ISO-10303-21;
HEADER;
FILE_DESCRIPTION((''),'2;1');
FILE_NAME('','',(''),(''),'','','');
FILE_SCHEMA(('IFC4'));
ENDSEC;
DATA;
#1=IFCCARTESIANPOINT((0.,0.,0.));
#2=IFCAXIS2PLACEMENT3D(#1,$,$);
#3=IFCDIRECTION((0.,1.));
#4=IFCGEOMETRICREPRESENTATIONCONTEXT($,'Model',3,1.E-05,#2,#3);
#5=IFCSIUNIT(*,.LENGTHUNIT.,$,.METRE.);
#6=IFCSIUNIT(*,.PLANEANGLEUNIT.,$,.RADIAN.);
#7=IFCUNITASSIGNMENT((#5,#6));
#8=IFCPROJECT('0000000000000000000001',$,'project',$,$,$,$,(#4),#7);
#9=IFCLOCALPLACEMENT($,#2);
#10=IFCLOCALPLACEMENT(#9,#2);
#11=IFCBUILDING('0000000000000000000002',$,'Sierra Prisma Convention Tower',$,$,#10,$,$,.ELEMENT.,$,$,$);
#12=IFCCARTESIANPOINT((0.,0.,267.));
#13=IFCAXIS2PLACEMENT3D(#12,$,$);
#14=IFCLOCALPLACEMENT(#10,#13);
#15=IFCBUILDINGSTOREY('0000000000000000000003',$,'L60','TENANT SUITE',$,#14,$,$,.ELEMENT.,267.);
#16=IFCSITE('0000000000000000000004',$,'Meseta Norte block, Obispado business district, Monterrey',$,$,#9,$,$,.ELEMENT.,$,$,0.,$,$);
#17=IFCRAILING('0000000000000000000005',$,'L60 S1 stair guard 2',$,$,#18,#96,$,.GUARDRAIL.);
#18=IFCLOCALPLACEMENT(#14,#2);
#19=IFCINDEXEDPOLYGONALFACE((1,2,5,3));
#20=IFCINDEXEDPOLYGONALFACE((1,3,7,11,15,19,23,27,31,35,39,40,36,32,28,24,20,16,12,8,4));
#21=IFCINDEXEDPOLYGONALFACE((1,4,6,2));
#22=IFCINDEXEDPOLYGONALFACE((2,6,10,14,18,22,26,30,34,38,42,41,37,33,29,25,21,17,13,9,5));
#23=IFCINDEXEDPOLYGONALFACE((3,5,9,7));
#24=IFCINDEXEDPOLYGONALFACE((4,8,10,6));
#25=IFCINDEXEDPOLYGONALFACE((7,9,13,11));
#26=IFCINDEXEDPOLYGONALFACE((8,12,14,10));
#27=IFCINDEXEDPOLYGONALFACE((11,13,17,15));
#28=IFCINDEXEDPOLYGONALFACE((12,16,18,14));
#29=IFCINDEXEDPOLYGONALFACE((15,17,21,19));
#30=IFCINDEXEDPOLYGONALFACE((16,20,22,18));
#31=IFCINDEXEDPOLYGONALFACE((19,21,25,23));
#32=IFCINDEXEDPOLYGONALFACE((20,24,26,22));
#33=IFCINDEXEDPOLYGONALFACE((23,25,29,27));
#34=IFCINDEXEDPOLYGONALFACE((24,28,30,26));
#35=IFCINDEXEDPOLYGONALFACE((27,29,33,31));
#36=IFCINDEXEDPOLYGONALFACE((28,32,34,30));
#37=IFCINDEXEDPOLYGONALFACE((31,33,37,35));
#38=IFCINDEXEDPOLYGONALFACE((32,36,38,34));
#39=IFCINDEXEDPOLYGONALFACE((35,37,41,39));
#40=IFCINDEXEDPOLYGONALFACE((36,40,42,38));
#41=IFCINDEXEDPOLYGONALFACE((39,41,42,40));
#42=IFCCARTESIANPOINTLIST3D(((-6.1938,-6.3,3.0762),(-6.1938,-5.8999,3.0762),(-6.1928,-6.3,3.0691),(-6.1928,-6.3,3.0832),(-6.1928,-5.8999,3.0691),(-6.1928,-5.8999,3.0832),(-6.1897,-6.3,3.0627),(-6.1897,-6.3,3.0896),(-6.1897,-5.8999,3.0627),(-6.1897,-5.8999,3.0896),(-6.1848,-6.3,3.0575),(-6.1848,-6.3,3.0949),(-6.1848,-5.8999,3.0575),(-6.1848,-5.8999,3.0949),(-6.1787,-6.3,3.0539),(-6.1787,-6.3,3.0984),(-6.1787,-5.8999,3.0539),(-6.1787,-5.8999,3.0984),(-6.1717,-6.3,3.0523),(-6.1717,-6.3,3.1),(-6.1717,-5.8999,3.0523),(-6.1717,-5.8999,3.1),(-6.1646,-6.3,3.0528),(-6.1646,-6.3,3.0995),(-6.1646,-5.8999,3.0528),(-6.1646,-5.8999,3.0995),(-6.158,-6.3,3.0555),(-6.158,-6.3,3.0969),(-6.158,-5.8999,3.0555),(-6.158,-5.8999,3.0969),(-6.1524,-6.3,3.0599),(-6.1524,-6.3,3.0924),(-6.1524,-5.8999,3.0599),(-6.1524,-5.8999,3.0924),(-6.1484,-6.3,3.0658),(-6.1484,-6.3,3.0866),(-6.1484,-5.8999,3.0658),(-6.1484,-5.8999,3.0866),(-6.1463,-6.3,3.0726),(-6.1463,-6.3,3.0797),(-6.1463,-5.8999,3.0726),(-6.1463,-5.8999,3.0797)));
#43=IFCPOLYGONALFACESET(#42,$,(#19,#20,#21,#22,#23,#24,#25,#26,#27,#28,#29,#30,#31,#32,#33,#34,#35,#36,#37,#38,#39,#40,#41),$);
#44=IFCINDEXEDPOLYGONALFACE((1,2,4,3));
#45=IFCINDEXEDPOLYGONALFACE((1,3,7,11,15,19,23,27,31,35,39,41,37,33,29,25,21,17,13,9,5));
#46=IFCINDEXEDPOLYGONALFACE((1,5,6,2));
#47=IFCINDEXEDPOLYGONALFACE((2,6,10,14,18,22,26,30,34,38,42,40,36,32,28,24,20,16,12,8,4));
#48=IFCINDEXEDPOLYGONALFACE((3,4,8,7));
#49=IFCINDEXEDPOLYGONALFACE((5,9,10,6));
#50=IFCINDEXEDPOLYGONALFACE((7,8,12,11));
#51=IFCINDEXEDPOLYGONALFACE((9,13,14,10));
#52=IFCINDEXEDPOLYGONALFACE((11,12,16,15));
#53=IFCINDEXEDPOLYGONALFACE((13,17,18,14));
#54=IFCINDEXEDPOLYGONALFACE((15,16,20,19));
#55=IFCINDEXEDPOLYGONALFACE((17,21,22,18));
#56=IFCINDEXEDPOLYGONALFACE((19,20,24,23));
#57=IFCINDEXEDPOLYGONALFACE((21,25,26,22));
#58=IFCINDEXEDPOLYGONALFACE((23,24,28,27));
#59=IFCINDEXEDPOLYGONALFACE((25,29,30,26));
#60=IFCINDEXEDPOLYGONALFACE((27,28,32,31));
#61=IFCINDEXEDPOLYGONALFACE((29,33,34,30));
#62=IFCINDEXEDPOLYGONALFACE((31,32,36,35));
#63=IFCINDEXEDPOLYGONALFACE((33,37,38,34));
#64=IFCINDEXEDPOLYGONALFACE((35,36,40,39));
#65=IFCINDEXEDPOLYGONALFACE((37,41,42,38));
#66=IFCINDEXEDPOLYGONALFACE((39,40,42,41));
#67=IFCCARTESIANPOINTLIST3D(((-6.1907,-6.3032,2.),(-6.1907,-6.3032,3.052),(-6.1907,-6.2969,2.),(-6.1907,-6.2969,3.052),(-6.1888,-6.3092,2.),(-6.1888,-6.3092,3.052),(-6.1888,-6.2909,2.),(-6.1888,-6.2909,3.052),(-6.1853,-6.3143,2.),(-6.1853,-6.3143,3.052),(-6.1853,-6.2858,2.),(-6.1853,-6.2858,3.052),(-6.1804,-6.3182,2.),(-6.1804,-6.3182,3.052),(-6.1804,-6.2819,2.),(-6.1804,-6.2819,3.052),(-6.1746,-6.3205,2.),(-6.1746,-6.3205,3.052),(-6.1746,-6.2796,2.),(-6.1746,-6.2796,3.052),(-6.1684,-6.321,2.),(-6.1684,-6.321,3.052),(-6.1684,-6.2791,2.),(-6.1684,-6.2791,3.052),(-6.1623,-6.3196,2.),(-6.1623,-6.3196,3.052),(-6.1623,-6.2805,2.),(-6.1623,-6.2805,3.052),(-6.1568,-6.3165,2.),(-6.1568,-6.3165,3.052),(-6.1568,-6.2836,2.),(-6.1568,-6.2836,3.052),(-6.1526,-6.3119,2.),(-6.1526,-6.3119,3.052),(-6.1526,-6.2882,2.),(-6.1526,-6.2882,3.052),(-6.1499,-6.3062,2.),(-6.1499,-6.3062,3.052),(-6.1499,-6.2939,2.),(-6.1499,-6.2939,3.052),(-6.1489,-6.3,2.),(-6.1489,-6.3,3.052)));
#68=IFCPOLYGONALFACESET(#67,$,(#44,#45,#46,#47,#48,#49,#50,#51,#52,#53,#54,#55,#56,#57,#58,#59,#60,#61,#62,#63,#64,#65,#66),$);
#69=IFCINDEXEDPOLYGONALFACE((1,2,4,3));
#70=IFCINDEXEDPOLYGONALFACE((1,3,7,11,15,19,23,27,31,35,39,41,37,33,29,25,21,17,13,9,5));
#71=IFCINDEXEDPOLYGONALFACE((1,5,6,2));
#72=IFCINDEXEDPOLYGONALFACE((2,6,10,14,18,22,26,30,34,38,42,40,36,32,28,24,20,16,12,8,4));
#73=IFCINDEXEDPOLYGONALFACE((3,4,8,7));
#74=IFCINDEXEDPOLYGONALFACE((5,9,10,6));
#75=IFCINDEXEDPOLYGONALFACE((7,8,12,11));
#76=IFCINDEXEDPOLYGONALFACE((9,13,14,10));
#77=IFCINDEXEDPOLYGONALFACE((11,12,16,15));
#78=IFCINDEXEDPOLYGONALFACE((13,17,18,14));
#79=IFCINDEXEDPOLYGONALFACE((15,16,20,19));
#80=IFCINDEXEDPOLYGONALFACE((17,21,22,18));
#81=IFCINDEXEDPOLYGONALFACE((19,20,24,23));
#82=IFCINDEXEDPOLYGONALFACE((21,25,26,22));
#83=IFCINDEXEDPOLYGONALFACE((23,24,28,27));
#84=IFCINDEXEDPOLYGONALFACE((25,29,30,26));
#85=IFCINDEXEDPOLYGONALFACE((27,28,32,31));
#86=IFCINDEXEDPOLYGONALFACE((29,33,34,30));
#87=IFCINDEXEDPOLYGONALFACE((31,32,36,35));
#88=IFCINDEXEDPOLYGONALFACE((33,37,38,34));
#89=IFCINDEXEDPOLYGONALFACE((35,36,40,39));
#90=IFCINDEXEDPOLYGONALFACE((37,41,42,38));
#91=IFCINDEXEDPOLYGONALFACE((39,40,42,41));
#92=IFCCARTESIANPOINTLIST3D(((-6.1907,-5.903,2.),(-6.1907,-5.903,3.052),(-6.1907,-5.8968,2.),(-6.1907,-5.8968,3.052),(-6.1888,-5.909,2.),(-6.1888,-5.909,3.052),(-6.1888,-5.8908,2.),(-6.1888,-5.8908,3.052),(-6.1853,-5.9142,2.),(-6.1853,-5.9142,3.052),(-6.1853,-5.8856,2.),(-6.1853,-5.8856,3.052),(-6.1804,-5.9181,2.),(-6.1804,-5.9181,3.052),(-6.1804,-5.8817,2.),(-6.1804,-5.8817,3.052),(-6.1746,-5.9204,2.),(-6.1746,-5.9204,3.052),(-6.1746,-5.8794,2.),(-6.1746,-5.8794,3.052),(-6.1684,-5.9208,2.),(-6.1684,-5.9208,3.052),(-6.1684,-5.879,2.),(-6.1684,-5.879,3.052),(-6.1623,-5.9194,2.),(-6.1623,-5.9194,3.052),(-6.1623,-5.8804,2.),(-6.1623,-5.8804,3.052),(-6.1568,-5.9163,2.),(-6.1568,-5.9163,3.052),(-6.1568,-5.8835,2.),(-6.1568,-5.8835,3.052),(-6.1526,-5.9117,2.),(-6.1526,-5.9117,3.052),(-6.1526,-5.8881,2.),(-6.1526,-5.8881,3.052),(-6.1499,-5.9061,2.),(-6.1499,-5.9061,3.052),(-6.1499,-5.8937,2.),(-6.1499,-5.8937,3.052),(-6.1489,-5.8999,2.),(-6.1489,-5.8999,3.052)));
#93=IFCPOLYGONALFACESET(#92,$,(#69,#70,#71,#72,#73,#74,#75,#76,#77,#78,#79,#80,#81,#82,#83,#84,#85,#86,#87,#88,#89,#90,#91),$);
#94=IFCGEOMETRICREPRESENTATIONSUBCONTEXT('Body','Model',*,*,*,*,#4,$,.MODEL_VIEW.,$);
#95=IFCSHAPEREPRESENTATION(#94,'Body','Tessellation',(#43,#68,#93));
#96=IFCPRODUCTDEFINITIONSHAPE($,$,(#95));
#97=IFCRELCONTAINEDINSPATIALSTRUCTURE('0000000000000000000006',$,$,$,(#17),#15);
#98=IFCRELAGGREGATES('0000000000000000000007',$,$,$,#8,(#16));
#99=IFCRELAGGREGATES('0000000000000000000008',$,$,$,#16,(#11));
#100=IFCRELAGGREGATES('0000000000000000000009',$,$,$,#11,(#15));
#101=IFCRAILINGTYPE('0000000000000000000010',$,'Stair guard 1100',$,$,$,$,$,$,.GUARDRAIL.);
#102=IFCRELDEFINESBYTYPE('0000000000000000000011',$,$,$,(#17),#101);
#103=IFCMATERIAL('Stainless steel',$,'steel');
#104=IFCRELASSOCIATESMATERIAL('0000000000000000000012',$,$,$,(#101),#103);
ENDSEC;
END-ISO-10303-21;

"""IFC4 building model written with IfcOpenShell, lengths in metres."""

from ifc_helpers import new_model, si_unit, direction, frame, origin, origin_2d, place, context, subcontext, project, spatial, circle, extrude, material, type_object, element, save


model = new_model("IFC4")

# Units and contexts
model_context = context("Model", 3, precision=1e-05, world=origin(), true_north=direction((0.0, 1.0)))
body_context = subcontext(model_context, "Body", "Model", "MODEL_VIEW")
ifc_project = project(units=[si_unit("LENGTHUNIT", "METRE"), si_unit("PLANEANGLEUNIT", "RADIAN")], contexts=[model_context])

# Site, building, storey
site_placement = place(None, origin())
site = spatial("IfcSite", under=ifc_project, at=site_placement, Name="Meseta Norte block, Obispado business district, Monterrey", CompositionType="ELEMENT", RefElevation=0.0)
building_placement = place(site_placement, origin())
building = spatial("IfcBuilding", under=site, at=building_placement, Name="Sierra Prisma Convention Tower", CompositionType="ELEMENT")
storey_placement = place(building_placement, frame((0.0, 0.0, 267.0)))
storey = spatial("IfcBuildingStorey", under=building, at=storey_placement, Name="L60", Description="TENANT SUITE", CompositionType="ELEMENT", Elevation=267.0)

# Railing
ifc_material_1 = material(Name="Stainless steel", Category="steel")
railing_type_1 = type_object("IfcRailingType", Name="Stair guard 1100", PredefinedType="GUARDRAIL", material=ifc_material_1)
railing_1_placement = place(storey_placement, frame((-6.1699, -6.3, 2.0)))
element("IfcRailing", 1, at=railing_1_placement, inside=storey, type_object=railing_type_1, Name="L60 S1 stair guard 2", PredefinedType="GUARDRAIL", context=body_context, shape_type="SweptSolid", body=[
    extrude(circle(Radius=0.0239, at=origin_2d()), frame((0.0, 0.0, 1.0762), z_axis=(0.0, 1.0, 0.0), x_axis=(-1.0, 0.0, 0.0)), (0.0, 0.0, 1.0), 0.4001),
    extrude(circle(Radius=0.021, at=origin_2d()), origin(), (0.0, 0.0, 1.0), 1.052),
    extrude(circle(Radius=0.021, at=origin_2d()), frame((0.0, 0.4001, 0.0)), (0.0, 0.0, 1.0), 1.052),
])

save(model, "model.ifc")
